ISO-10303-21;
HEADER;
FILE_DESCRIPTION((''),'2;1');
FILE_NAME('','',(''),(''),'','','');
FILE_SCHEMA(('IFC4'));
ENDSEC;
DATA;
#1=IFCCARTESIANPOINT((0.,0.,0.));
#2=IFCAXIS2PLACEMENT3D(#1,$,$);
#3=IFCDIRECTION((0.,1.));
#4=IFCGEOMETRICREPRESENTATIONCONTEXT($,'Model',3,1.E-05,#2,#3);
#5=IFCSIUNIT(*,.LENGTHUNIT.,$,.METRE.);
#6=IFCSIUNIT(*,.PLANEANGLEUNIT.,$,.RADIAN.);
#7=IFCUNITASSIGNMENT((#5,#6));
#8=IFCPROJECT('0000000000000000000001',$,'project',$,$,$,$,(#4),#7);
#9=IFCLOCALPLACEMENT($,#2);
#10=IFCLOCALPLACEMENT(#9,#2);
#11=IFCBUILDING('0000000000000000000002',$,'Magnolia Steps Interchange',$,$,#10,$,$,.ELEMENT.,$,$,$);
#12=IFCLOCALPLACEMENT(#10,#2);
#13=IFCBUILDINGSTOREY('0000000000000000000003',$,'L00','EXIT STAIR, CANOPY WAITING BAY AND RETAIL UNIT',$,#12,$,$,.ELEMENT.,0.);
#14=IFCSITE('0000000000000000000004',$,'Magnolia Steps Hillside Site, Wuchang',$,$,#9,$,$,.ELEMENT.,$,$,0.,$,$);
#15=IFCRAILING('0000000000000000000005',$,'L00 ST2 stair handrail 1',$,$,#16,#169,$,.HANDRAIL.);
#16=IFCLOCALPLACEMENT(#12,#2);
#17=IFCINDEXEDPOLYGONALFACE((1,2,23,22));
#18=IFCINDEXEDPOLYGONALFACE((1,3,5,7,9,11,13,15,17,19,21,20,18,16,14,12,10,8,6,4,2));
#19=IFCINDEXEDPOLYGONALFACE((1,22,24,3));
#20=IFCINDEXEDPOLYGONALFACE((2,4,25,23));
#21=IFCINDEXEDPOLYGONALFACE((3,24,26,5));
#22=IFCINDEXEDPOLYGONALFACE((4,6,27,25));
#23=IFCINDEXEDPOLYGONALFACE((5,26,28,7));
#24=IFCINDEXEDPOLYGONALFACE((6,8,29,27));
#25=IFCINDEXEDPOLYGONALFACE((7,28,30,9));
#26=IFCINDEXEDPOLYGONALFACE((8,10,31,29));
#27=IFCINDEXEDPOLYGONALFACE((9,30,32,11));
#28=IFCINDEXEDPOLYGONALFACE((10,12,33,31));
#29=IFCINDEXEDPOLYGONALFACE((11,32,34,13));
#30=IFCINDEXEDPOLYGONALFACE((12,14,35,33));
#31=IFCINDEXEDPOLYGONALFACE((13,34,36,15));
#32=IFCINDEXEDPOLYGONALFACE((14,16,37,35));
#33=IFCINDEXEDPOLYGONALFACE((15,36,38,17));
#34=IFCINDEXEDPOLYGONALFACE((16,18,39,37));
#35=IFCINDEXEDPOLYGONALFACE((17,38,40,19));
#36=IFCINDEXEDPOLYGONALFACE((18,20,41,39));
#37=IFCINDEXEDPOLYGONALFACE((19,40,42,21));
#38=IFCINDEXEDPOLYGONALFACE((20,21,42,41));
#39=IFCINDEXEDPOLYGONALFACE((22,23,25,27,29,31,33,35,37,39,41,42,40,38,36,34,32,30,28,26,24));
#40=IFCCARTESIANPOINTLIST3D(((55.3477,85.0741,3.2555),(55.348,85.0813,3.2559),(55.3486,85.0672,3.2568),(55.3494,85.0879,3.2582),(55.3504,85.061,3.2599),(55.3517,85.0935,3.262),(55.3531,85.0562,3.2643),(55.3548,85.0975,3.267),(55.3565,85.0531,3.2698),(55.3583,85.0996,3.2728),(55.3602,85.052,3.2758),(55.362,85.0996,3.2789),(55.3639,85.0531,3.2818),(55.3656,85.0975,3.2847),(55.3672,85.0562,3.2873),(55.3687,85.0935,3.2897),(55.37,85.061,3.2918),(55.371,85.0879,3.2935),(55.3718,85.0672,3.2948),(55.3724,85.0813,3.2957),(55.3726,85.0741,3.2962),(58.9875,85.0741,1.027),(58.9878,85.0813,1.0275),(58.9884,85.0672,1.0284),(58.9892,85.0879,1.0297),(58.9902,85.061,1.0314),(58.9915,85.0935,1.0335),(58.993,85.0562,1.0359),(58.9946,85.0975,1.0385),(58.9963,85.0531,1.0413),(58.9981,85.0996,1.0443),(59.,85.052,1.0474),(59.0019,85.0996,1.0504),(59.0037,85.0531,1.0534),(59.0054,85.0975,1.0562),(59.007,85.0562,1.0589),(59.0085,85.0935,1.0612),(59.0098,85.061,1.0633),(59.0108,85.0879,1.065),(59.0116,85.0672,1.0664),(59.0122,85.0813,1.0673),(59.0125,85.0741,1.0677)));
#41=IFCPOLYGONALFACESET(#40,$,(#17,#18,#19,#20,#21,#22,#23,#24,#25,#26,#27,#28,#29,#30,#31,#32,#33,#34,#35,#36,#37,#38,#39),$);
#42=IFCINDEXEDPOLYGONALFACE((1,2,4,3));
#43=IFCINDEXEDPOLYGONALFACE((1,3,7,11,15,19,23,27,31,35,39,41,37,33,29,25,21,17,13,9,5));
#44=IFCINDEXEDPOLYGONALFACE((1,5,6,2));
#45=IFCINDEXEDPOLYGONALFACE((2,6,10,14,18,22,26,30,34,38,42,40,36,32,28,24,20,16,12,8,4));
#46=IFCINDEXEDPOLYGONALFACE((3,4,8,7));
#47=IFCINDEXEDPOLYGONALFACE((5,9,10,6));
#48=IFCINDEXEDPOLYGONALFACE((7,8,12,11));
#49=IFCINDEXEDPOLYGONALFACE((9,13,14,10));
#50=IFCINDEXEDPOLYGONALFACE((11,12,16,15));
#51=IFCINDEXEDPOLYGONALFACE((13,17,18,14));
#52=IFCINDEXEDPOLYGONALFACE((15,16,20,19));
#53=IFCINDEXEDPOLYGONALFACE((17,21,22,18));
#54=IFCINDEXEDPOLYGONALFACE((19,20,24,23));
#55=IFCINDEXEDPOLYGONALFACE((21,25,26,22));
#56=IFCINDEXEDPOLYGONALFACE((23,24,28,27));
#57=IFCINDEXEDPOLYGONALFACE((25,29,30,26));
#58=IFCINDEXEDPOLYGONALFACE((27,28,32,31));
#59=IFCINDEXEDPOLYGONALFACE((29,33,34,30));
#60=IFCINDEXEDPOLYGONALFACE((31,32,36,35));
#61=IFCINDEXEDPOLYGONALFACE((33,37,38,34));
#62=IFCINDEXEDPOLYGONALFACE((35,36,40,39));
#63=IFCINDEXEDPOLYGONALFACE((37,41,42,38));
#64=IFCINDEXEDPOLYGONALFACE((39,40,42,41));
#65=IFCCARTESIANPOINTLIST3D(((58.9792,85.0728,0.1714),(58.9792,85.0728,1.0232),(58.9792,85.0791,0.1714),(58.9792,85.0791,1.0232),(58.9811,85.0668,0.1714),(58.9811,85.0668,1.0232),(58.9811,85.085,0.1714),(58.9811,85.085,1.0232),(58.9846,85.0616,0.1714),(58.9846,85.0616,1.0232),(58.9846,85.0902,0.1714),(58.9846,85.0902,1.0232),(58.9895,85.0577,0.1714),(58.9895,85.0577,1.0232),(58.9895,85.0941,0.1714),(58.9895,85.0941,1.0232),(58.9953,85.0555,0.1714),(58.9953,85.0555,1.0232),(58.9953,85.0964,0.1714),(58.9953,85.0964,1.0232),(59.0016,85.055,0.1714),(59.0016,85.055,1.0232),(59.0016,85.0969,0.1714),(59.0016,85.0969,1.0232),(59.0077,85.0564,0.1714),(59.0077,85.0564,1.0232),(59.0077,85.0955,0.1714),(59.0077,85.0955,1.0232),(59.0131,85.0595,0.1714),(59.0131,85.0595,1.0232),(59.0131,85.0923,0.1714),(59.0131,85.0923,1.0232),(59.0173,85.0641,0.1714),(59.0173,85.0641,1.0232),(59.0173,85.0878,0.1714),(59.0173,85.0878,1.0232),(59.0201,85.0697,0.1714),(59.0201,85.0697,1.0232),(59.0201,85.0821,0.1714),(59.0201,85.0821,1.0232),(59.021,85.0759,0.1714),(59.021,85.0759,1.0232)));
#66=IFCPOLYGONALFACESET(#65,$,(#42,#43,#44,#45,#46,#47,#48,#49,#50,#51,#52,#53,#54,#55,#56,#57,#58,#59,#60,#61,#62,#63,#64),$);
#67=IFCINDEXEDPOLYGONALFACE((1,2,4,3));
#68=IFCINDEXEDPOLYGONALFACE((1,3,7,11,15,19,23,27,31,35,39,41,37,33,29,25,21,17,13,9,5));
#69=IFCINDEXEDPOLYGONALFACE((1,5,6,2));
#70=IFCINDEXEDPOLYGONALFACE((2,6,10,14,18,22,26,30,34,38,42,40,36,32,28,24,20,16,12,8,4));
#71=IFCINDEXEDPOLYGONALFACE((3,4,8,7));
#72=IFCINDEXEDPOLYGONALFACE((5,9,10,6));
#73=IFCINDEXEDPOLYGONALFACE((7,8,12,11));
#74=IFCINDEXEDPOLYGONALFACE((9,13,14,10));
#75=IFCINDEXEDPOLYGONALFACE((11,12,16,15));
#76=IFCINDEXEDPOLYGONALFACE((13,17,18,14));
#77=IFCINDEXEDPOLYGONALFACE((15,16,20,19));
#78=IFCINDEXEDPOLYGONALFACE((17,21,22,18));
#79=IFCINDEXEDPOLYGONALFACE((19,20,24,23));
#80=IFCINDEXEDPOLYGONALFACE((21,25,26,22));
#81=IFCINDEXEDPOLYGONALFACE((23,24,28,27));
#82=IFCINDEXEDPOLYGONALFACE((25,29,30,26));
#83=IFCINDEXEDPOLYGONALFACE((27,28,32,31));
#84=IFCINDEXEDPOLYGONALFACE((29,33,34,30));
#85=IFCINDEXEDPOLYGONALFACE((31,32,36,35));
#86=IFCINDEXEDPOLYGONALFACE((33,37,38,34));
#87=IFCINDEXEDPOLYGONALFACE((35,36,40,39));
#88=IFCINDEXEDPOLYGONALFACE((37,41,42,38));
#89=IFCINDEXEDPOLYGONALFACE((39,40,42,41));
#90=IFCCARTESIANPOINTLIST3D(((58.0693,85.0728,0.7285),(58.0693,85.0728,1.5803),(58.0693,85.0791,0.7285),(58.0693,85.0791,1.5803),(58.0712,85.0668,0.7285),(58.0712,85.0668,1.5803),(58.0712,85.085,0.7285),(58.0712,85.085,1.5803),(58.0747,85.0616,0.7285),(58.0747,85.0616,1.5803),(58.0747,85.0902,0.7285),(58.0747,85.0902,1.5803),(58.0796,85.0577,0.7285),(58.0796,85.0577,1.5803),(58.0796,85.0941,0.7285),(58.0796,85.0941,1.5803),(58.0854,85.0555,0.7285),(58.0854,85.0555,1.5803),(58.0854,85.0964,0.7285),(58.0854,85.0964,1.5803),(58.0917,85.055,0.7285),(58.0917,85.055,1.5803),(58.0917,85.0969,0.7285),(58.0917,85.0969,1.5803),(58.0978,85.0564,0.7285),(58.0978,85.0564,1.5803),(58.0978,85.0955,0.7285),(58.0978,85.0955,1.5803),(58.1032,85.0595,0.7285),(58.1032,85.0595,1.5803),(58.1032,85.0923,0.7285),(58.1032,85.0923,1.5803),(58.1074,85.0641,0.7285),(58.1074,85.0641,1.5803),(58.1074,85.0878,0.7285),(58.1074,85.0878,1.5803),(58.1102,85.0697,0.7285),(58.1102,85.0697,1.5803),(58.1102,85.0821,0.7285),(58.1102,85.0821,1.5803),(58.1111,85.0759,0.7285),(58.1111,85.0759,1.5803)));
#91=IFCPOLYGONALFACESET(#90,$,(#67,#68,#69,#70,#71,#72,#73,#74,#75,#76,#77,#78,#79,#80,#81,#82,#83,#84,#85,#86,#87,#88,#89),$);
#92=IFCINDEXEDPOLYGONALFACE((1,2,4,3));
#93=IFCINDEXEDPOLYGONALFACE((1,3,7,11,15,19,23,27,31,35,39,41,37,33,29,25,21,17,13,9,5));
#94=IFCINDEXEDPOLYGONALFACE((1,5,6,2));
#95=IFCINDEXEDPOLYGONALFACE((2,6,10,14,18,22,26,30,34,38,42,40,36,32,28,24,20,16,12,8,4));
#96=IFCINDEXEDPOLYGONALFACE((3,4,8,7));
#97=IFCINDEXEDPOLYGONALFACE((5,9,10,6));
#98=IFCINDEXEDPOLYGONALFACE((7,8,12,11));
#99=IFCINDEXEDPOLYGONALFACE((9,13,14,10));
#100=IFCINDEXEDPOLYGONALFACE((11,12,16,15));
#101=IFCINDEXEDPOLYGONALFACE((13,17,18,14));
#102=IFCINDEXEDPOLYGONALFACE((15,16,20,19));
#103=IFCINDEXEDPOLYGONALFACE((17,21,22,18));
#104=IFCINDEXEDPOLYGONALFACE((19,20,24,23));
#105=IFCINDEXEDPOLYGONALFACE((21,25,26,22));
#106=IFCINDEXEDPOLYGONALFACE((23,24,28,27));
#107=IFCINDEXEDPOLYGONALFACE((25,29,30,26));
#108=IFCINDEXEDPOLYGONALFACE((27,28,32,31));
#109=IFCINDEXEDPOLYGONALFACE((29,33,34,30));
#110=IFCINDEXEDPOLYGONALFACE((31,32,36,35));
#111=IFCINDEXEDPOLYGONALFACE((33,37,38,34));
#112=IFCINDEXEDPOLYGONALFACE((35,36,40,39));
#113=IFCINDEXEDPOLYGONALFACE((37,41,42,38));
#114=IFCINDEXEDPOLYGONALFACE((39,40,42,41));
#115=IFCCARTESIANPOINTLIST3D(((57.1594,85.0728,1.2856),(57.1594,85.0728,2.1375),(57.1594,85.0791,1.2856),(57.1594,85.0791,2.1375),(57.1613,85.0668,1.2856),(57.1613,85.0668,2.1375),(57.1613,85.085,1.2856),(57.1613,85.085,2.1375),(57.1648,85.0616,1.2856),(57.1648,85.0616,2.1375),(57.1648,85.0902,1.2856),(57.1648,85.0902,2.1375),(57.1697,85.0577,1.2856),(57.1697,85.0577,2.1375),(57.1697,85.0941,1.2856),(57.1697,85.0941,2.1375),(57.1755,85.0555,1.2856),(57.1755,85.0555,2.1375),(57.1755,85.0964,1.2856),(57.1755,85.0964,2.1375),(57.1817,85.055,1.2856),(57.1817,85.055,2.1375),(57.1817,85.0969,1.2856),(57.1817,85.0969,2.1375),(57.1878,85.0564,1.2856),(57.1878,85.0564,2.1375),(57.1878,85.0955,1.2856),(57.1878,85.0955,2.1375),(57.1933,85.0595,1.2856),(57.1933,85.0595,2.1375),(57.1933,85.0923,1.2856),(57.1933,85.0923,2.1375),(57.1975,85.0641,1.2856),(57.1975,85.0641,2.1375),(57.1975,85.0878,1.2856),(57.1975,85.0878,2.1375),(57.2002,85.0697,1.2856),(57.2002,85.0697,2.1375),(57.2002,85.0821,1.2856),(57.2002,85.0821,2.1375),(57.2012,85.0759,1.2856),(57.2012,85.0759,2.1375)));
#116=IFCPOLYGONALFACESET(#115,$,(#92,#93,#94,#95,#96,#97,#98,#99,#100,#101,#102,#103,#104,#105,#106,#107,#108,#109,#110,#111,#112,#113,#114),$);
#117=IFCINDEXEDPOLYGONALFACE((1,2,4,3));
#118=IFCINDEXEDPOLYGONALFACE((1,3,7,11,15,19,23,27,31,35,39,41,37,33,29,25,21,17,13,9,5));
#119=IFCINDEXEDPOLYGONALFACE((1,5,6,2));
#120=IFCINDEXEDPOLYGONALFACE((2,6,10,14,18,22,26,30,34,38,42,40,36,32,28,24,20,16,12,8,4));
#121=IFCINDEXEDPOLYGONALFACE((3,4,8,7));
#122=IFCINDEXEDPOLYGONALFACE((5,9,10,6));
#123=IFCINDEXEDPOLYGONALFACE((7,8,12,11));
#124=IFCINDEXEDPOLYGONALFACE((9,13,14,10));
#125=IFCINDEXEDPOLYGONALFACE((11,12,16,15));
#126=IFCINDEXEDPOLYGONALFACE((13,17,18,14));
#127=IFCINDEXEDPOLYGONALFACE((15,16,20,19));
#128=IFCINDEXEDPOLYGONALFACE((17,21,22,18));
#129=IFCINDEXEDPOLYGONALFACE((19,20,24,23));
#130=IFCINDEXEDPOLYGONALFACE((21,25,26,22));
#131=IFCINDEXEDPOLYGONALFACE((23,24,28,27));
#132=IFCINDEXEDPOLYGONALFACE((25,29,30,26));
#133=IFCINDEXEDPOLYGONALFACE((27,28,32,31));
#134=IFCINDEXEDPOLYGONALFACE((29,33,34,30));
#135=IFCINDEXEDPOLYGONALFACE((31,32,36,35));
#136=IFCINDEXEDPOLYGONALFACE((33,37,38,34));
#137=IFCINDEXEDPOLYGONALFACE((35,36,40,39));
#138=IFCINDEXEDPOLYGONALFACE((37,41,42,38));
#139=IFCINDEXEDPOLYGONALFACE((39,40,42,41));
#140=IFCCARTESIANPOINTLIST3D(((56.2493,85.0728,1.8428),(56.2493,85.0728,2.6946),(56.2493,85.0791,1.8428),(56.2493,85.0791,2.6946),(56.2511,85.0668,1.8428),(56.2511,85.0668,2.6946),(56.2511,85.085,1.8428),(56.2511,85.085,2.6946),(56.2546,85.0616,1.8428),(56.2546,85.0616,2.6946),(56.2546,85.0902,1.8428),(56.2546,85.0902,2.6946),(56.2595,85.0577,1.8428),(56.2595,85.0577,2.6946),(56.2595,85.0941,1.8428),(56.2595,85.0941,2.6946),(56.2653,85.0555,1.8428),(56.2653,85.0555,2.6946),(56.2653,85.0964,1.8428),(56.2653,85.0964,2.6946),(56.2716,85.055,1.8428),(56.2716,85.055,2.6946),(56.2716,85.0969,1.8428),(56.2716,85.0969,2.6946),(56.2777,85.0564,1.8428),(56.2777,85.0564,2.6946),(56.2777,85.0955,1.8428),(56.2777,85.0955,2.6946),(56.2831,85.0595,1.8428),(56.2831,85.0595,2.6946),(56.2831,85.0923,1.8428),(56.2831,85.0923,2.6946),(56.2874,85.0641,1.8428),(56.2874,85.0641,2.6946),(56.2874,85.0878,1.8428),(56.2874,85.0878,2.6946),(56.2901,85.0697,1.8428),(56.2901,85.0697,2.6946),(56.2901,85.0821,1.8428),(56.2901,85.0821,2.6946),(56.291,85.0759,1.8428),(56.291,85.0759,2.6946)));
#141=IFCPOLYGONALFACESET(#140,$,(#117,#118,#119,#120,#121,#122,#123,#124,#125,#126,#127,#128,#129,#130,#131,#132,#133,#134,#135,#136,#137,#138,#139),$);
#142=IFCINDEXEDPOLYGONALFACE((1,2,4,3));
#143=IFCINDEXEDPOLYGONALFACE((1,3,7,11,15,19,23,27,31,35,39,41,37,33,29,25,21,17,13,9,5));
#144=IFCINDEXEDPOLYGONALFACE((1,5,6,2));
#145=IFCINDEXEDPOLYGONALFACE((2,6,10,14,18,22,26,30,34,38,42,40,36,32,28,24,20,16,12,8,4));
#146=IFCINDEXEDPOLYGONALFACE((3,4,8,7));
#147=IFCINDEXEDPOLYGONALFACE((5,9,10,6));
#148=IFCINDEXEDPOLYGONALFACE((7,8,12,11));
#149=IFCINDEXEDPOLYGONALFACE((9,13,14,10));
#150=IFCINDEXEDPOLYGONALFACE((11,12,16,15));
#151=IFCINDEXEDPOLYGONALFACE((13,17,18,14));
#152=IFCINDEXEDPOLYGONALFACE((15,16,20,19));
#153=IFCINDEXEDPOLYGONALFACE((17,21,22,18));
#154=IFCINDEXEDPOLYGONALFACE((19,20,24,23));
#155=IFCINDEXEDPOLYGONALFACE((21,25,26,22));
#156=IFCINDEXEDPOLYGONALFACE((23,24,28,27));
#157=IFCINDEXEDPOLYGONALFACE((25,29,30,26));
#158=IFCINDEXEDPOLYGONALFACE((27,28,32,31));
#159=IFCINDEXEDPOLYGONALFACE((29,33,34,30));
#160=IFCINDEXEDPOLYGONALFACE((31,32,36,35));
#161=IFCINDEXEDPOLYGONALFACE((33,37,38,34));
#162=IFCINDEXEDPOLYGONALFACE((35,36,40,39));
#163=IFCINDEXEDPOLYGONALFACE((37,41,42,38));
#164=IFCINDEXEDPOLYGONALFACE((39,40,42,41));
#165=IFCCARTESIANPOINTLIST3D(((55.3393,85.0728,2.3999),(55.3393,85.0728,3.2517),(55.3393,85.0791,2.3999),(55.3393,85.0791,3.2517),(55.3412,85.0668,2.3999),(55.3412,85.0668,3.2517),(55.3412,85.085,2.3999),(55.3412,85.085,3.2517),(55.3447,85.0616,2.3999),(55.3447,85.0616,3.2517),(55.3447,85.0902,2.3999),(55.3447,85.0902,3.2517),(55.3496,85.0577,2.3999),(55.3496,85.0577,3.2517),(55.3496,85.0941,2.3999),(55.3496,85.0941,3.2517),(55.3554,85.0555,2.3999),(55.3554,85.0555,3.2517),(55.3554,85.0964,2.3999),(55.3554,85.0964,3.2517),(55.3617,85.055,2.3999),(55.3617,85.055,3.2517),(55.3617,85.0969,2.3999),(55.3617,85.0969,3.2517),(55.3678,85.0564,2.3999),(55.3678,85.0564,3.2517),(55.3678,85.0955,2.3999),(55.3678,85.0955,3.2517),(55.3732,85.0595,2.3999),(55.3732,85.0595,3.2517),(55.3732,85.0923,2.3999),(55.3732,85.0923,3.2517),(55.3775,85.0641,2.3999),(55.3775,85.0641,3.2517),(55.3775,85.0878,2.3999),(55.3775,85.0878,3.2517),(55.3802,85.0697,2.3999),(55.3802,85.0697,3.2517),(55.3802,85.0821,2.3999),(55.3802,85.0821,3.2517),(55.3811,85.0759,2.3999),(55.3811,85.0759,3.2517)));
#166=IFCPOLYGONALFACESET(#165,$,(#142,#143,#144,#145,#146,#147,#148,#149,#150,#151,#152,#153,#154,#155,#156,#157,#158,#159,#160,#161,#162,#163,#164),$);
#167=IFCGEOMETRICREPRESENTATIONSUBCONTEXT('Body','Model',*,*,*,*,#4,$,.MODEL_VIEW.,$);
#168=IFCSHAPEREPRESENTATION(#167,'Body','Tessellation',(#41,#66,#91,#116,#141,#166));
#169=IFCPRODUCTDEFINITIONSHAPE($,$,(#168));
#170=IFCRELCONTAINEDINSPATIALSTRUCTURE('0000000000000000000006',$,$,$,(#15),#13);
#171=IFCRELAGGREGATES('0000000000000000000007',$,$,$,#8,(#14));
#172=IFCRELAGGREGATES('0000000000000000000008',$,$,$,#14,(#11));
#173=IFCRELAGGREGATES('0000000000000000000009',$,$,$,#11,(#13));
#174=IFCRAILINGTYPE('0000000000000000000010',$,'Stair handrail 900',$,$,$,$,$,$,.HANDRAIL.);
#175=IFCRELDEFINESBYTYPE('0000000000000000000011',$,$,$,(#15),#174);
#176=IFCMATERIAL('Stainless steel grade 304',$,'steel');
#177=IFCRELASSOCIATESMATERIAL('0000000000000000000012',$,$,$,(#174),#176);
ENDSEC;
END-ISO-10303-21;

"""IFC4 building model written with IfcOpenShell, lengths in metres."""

from ifc_helpers import new_model, si_unit, direction, frame, origin, origin_2d, place, context, subcontext, project, spatial, circle, extrude, material, type_object, element, save


model = new_model("IFC4")

# Units and contexts
model_context = context("Model", 3, precision=1e-05, world=origin(), true_north=direction((0.0, 1.0)))
body_context = subcontext(model_context, "Body", "Model", "MODEL_VIEW")
ifc_project = project(units=[si_unit("LENGTHUNIT", "METRE"), si_unit("PLANEANGLEUNIT", "RADIAN")], contexts=[model_context])

# Site, building, storey
site_placement = place(None, origin())
site = spatial("IfcSite", under=ifc_project, at=site_placement, Name="Magnolia Steps Hillside Site, Wuchang", CompositionType="ELEMENT", RefElevation=0.0)
building_placement = place(site_placement, origin())
building = spatial("IfcBuilding", under=site, at=building_placement, Name="Magnolia Steps Interchange", CompositionType="ELEMENT")
storey_placement = place(building_placement, origin())
storey = spatial("IfcBuildingStorey", under=building, at=storey_placement, Name="L00", Description="EXIT STAIR, CANOPY WAITING BAY AND RETAIL UNIT", CompositionType="ELEMENT", Elevation=0.0)

# Railing
ifc_material_1 = material(Name="Stainless steel grade 304", Category="steel")
railing_type_1 = type_object("IfcRailingType", Name="Stair handrail 900", PredefinedType="HANDRAIL", material=ifc_material_1)
for number, where, name in (
    (1, (59.0, 85.0759, 0.1714), "L00 ST2 stair handrail 1"),
):
    element("IfcRailing", number, at=place(storey_placement, frame(where)), inside=storey, type_object=railing_type_1, Name=name, PredefinedType="HANDRAIL", context=body_context, shape_type="SweptSolid", body=[
        extrude(circle(Radius=0.0239, at=origin_2d()), frame((0.0, 0.0, 0.876), z_axis=(-0.85285, 0.0, 0.522156), x_axis=(0.0, -1.0, 0.0)), (0.0, 0.0, 1.0), 4.2678),
        extrude(circle(Radius=0.021, at=origin_2d()), origin(), (0.0, 0.0, 1.0), 0.8518),
        extrude(circle(Radius=0.021, at=origin_2d()), frame((-0.9099, 0.0, 0.5571)), (0.0, 0.0, 1.0), 0.8518),
        extrude(circle(Radius=0.021, at=origin_2d()), frame((-1.8198, 0.0, 1.1143)), (0.0, 0.0, 1.0), 0.8518),
        extrude(circle(Radius=0.021, at=origin_2d()), frame((-2.73, 0.0, 1.6714)), (0.0, 0.0, 1.0), 0.8518),
        extrude(circle(Radius=0.021, at=origin_2d()), frame((-3.6399, 0.0, 2.2285)), (0.0, 0.0, 1.0), 0.8518),
    ])

save(model, "model.ifc")
